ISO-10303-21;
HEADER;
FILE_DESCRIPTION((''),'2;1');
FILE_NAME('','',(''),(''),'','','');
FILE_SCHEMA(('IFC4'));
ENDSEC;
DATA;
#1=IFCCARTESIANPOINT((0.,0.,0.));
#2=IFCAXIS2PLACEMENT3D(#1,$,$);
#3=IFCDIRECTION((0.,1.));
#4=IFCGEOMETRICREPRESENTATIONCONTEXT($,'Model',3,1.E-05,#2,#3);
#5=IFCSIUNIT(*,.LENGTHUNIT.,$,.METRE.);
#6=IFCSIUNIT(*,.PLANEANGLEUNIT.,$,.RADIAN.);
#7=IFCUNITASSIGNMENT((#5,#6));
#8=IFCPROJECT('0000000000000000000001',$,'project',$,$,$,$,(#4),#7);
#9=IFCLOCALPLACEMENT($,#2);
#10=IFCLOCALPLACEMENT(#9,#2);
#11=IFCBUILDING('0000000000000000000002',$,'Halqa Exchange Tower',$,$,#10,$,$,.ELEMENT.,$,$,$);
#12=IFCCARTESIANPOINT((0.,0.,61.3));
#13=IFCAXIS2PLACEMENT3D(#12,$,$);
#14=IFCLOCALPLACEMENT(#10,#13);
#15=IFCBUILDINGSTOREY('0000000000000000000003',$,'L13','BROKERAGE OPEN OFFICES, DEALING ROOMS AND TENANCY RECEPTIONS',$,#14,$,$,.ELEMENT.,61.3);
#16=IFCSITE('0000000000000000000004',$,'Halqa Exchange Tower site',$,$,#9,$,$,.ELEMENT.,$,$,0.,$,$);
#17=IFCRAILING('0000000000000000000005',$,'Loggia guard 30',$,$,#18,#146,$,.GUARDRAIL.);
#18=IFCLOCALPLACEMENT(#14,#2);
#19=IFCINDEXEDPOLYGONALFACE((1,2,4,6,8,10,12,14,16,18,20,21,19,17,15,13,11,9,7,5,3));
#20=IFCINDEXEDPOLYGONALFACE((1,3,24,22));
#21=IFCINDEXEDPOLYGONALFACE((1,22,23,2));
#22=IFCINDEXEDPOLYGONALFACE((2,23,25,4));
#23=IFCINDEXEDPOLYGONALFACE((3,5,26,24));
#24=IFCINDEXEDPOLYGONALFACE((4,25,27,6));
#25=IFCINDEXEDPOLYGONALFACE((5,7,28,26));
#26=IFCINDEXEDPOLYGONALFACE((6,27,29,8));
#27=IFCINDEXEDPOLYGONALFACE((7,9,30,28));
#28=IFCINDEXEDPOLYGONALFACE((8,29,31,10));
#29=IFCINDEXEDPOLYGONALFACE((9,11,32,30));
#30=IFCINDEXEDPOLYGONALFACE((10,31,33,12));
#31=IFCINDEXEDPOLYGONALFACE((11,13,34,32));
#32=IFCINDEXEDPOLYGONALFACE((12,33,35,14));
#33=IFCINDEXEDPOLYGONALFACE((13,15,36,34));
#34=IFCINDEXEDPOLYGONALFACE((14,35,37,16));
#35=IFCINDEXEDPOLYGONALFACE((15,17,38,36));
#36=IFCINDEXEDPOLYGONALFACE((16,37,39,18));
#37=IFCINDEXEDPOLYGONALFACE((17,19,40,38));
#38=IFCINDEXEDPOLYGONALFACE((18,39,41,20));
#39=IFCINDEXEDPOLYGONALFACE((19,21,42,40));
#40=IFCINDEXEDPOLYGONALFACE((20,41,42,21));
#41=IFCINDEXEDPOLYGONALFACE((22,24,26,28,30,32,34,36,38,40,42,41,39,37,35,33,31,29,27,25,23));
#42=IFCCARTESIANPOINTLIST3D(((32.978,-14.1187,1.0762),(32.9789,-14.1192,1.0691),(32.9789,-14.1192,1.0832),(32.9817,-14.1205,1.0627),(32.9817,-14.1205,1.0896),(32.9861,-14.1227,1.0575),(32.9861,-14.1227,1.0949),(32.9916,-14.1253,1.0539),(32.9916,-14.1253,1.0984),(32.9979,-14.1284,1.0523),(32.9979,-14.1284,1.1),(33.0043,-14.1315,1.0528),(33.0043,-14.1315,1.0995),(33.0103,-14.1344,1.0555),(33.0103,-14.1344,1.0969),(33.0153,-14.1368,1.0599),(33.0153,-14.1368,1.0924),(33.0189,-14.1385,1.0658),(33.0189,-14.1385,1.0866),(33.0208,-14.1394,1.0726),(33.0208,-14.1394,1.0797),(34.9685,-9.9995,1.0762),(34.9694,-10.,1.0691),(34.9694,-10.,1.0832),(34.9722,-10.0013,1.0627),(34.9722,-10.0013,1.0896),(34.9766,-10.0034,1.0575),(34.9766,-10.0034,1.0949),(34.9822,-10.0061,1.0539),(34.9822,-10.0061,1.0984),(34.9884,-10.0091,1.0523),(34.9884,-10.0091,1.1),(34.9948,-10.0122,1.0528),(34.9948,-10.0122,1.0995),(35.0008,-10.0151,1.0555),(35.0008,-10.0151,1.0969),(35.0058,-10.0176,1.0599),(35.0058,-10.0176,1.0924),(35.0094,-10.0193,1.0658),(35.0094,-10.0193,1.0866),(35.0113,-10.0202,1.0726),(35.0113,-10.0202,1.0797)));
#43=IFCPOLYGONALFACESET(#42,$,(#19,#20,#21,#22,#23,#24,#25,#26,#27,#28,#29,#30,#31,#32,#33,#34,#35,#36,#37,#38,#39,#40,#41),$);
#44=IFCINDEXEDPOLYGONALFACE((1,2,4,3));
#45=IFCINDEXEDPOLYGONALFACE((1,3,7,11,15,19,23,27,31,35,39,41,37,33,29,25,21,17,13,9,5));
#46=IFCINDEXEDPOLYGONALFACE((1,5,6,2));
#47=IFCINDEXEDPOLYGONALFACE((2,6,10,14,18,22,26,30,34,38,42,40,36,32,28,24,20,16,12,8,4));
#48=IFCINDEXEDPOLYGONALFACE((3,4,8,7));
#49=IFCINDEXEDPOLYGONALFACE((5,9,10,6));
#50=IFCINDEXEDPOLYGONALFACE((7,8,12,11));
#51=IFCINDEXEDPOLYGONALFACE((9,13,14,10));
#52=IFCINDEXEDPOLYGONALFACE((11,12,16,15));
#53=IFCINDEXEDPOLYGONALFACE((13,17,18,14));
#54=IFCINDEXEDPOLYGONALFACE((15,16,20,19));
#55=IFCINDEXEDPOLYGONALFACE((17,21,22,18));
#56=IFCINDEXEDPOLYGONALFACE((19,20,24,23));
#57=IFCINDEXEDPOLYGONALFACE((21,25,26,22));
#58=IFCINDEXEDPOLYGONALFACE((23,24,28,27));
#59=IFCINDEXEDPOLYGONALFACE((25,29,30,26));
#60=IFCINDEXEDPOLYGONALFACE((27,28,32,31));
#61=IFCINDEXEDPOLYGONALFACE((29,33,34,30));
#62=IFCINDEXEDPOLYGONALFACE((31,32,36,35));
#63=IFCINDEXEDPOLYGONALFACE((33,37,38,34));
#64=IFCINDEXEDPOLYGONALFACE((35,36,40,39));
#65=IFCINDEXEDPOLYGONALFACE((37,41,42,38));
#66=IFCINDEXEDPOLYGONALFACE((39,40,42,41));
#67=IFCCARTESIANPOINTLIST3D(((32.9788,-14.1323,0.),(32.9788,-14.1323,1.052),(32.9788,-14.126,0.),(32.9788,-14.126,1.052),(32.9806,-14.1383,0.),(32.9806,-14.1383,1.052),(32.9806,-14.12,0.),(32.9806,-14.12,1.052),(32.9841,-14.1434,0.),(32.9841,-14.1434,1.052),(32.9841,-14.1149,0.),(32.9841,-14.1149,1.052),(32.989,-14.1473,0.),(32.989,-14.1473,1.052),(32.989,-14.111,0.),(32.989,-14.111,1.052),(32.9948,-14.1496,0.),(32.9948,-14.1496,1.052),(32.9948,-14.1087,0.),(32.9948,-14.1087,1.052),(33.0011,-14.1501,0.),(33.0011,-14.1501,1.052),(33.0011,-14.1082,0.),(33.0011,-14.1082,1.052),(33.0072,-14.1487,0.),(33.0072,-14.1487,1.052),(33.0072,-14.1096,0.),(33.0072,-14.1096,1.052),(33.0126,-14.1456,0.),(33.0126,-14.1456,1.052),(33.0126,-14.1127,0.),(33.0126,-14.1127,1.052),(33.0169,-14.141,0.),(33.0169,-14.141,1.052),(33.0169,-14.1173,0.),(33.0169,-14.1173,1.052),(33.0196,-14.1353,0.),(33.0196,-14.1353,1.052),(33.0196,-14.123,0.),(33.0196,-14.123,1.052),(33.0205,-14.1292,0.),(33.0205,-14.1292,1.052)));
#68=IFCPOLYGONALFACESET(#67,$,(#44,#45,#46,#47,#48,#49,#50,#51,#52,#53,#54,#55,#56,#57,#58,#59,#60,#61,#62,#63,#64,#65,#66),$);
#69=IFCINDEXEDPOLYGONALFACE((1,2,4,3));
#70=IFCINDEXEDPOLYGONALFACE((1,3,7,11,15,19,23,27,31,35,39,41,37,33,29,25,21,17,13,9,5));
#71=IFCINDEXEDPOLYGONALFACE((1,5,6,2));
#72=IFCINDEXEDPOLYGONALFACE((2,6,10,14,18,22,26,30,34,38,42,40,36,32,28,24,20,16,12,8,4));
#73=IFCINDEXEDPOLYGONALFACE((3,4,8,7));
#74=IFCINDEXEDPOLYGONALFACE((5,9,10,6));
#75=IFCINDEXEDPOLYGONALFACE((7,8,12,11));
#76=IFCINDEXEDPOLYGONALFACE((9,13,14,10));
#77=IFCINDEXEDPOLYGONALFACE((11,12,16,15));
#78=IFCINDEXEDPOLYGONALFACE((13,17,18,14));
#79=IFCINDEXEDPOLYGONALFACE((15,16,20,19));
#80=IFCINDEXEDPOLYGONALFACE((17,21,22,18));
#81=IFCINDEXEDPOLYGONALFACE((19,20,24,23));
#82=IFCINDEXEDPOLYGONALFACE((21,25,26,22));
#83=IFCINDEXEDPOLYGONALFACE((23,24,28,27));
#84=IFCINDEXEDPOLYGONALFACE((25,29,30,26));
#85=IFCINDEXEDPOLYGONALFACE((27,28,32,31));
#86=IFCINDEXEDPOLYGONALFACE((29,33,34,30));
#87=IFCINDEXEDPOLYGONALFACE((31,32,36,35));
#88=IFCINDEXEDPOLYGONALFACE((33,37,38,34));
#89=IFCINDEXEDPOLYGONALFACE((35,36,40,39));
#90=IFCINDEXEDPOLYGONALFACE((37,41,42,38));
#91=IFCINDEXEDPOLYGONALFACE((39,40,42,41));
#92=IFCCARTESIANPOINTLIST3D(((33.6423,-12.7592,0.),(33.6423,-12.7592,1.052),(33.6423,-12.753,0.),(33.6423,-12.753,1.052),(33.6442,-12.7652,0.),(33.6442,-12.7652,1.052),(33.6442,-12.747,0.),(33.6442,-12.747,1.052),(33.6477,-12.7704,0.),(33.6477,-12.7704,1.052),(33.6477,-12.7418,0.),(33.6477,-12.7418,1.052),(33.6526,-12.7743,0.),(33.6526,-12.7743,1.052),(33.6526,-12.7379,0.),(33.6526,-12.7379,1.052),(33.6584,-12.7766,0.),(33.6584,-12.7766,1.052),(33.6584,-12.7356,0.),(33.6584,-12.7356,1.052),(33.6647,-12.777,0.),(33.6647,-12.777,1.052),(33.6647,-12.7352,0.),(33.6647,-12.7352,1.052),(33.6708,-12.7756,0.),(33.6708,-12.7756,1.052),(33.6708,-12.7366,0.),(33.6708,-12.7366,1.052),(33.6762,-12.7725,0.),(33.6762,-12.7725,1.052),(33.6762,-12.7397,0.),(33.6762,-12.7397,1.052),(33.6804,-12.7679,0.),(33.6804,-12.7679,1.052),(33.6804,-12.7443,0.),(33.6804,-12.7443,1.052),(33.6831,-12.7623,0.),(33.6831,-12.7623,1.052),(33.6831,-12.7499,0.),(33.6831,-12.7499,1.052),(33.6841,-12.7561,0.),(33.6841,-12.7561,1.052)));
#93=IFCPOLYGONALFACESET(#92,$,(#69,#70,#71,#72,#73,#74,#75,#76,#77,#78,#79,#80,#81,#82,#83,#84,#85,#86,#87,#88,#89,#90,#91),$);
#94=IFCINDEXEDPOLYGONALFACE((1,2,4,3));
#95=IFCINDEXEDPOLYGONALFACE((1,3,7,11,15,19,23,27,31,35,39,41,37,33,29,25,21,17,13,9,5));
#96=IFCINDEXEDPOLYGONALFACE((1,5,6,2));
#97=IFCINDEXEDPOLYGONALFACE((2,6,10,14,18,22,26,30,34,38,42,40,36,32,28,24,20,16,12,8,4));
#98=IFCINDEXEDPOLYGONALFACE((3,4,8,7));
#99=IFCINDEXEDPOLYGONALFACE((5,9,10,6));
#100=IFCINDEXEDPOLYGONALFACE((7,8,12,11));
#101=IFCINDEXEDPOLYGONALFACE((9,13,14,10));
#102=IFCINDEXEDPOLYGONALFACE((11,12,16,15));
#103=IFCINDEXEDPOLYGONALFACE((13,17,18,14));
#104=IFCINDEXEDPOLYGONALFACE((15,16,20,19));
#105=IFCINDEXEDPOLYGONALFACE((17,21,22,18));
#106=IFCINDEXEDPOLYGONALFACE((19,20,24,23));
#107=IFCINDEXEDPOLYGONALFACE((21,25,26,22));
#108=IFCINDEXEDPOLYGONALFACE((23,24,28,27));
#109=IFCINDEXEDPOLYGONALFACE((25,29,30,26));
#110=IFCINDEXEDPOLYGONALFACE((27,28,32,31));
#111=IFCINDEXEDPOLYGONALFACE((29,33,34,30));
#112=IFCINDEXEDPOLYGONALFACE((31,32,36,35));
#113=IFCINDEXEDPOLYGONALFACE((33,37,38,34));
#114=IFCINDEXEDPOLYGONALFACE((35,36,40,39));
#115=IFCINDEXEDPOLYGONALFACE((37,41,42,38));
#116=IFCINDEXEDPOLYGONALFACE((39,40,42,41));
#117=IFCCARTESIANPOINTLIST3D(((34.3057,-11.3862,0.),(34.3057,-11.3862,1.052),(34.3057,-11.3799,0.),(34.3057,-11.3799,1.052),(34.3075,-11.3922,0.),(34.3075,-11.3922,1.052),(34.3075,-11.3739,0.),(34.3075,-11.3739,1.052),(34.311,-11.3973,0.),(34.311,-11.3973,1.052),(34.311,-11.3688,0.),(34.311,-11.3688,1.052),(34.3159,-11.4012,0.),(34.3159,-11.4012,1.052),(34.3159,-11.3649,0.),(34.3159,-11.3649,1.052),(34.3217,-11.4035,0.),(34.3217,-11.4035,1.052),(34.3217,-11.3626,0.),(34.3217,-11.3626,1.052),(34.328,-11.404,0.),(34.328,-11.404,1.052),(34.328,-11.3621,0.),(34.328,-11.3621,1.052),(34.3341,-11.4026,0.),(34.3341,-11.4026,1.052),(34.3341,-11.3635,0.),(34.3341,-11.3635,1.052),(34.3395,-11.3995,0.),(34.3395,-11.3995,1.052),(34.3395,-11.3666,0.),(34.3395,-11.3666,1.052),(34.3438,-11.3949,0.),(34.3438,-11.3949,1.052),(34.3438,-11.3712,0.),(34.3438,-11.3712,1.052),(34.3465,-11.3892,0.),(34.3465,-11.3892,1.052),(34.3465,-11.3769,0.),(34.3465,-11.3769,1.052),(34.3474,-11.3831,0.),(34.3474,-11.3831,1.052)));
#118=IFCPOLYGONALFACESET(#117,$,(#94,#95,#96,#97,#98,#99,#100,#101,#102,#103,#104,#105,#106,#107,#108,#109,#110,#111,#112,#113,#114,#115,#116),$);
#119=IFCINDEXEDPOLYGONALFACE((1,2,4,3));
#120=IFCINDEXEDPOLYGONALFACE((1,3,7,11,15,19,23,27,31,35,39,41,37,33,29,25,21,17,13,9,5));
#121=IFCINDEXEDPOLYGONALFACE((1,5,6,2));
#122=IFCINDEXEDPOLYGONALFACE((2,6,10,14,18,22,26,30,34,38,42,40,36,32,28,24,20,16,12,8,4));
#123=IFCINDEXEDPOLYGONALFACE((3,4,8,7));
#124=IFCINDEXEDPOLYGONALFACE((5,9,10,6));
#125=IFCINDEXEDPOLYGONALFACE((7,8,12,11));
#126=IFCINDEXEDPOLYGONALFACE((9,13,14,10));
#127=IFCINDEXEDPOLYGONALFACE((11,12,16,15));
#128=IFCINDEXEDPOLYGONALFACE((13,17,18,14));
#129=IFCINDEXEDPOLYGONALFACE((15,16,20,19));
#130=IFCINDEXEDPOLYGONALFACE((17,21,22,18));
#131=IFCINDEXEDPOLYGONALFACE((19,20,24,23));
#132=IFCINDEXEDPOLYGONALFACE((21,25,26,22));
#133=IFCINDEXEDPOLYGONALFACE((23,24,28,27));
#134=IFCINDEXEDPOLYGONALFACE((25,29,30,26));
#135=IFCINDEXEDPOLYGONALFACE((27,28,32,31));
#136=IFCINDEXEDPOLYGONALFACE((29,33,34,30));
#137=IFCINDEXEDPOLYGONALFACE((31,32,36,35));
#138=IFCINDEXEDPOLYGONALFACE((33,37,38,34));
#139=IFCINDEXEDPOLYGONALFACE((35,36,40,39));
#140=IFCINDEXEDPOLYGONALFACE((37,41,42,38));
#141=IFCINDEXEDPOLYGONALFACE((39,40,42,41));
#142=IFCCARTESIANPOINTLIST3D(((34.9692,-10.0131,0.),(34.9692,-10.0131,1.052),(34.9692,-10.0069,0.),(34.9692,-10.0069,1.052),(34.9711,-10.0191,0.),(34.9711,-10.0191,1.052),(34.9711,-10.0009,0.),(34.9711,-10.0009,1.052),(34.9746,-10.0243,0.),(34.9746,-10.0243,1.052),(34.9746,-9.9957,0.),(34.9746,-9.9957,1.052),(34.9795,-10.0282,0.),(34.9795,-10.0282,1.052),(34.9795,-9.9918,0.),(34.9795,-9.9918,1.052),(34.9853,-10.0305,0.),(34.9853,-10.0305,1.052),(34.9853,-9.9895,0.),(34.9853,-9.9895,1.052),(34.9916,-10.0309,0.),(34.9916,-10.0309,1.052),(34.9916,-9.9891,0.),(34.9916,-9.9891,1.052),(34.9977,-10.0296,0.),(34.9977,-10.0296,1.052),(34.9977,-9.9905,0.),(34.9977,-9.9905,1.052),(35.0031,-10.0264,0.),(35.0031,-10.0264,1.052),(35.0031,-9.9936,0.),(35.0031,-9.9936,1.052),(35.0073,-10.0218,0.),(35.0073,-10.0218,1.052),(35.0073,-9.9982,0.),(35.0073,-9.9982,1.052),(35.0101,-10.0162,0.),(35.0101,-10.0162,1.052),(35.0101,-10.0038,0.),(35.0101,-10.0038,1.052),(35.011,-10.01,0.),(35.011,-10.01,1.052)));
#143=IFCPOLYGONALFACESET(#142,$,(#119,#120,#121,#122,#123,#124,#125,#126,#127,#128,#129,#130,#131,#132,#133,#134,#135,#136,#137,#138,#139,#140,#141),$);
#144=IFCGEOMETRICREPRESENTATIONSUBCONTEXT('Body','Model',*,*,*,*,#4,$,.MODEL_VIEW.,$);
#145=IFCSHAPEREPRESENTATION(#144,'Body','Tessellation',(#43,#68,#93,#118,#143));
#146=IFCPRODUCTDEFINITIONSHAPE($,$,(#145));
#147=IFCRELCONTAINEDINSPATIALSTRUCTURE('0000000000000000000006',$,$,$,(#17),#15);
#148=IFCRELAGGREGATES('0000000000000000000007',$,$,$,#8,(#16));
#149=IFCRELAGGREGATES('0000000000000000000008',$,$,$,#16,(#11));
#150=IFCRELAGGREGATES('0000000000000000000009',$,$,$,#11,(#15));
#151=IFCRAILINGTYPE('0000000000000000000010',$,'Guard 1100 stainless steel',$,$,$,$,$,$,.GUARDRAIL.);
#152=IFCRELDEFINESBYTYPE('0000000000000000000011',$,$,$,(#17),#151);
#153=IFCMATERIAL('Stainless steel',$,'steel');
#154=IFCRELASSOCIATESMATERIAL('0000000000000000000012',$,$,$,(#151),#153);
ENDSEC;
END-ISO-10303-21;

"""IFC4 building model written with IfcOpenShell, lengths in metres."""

from ifc_helpers import new_model, si_unit, direction, frame, origin, origin_2d, place, context, subcontext, project, spatial, circle, extrude, material, type_object, element, save


model = new_model("IFC4")

# Units and contexts
model_context = context("Model", 3, precision=1e-05, world=origin(), true_north=direction((0.0, 1.0)))
body_context = subcontext(model_context, "Body", "Model", "MODEL_VIEW")
ifc_project = project(units=[si_unit("LENGTHUNIT", "METRE"), si_unit("PLANEANGLEUNIT", "RADIAN")], contexts=[model_context])

# Site, building, storey
site_placement = place(None, origin())
site = spatial("IfcSite", under=ifc_project, at=site_placement, Name="Halqa Exchange Tower site", CompositionType="ELEMENT", RefElevation=0.0)
building_placement = place(site_placement, origin())
building = spatial("IfcBuilding", under=site, at=building_placement, Name="Halqa Exchange Tower", CompositionType="ELEMENT")
storey_placement = place(building_placement, frame((0.0, 0.0, 61.3)))
storey = spatial("IfcBuildingStorey", under=building, at=storey_placement, Name="L13", Description="BROKERAGE OPEN OFFICES, DEALING ROOMS AND TENANCY RECEPTIONS", CompositionType="ELEMENT", Elevation=61.3)

# Railing
ifc_material_1 = material(Name="Stainless steel", Category="steel")
railing_type = type_object("IfcRailingType", Name="Guard 1100 stainless steel", PredefinedType="GUARDRAIL", material=ifc_material_1)
railing_1_placement = place(storey_placement, frame((32.9995, -14.1292, 0.0)))
element("IfcRailing", 1, at=railing_1_placement, inside=storey, type_object=railing_type, Name="Loggia guard 30", PredefinedType="GUARDRAIL", context=body_context, shape_type="SweptSolid", body=[
    extrude(circle(Radius=0.0239, at=origin_2d()), frame((0.0, 0.0, 1.0762), z_axis=(0.435091, 0.900387, 0.0), x_axis=(-0.900387, 0.435091, 0.0)), (0.0, 0.0, 1.0), 4.575),
    extrude(circle(Radius=0.021, at=origin_2d()), origin(), (0.0, 0.0, 1.0), 1.052),
    extrude(circle(Radius=0.021, at=origin_2d()), frame((0.6636, 1.373, 0.0)), (0.0, 0.0, 1.0), 1.052),
    extrude(circle(Radius=0.021, at=origin_2d()), frame((1.3269, 2.7461, 0.0)), (0.0, 0.0, 1.0), 1.052),
    extrude(circle(Radius=0.021, at=origin_2d()), frame((1.9905, 4.1191, 0.0)), (0.0, 0.0, 1.0), 1.052),
])

save(model, "model.ifc")
